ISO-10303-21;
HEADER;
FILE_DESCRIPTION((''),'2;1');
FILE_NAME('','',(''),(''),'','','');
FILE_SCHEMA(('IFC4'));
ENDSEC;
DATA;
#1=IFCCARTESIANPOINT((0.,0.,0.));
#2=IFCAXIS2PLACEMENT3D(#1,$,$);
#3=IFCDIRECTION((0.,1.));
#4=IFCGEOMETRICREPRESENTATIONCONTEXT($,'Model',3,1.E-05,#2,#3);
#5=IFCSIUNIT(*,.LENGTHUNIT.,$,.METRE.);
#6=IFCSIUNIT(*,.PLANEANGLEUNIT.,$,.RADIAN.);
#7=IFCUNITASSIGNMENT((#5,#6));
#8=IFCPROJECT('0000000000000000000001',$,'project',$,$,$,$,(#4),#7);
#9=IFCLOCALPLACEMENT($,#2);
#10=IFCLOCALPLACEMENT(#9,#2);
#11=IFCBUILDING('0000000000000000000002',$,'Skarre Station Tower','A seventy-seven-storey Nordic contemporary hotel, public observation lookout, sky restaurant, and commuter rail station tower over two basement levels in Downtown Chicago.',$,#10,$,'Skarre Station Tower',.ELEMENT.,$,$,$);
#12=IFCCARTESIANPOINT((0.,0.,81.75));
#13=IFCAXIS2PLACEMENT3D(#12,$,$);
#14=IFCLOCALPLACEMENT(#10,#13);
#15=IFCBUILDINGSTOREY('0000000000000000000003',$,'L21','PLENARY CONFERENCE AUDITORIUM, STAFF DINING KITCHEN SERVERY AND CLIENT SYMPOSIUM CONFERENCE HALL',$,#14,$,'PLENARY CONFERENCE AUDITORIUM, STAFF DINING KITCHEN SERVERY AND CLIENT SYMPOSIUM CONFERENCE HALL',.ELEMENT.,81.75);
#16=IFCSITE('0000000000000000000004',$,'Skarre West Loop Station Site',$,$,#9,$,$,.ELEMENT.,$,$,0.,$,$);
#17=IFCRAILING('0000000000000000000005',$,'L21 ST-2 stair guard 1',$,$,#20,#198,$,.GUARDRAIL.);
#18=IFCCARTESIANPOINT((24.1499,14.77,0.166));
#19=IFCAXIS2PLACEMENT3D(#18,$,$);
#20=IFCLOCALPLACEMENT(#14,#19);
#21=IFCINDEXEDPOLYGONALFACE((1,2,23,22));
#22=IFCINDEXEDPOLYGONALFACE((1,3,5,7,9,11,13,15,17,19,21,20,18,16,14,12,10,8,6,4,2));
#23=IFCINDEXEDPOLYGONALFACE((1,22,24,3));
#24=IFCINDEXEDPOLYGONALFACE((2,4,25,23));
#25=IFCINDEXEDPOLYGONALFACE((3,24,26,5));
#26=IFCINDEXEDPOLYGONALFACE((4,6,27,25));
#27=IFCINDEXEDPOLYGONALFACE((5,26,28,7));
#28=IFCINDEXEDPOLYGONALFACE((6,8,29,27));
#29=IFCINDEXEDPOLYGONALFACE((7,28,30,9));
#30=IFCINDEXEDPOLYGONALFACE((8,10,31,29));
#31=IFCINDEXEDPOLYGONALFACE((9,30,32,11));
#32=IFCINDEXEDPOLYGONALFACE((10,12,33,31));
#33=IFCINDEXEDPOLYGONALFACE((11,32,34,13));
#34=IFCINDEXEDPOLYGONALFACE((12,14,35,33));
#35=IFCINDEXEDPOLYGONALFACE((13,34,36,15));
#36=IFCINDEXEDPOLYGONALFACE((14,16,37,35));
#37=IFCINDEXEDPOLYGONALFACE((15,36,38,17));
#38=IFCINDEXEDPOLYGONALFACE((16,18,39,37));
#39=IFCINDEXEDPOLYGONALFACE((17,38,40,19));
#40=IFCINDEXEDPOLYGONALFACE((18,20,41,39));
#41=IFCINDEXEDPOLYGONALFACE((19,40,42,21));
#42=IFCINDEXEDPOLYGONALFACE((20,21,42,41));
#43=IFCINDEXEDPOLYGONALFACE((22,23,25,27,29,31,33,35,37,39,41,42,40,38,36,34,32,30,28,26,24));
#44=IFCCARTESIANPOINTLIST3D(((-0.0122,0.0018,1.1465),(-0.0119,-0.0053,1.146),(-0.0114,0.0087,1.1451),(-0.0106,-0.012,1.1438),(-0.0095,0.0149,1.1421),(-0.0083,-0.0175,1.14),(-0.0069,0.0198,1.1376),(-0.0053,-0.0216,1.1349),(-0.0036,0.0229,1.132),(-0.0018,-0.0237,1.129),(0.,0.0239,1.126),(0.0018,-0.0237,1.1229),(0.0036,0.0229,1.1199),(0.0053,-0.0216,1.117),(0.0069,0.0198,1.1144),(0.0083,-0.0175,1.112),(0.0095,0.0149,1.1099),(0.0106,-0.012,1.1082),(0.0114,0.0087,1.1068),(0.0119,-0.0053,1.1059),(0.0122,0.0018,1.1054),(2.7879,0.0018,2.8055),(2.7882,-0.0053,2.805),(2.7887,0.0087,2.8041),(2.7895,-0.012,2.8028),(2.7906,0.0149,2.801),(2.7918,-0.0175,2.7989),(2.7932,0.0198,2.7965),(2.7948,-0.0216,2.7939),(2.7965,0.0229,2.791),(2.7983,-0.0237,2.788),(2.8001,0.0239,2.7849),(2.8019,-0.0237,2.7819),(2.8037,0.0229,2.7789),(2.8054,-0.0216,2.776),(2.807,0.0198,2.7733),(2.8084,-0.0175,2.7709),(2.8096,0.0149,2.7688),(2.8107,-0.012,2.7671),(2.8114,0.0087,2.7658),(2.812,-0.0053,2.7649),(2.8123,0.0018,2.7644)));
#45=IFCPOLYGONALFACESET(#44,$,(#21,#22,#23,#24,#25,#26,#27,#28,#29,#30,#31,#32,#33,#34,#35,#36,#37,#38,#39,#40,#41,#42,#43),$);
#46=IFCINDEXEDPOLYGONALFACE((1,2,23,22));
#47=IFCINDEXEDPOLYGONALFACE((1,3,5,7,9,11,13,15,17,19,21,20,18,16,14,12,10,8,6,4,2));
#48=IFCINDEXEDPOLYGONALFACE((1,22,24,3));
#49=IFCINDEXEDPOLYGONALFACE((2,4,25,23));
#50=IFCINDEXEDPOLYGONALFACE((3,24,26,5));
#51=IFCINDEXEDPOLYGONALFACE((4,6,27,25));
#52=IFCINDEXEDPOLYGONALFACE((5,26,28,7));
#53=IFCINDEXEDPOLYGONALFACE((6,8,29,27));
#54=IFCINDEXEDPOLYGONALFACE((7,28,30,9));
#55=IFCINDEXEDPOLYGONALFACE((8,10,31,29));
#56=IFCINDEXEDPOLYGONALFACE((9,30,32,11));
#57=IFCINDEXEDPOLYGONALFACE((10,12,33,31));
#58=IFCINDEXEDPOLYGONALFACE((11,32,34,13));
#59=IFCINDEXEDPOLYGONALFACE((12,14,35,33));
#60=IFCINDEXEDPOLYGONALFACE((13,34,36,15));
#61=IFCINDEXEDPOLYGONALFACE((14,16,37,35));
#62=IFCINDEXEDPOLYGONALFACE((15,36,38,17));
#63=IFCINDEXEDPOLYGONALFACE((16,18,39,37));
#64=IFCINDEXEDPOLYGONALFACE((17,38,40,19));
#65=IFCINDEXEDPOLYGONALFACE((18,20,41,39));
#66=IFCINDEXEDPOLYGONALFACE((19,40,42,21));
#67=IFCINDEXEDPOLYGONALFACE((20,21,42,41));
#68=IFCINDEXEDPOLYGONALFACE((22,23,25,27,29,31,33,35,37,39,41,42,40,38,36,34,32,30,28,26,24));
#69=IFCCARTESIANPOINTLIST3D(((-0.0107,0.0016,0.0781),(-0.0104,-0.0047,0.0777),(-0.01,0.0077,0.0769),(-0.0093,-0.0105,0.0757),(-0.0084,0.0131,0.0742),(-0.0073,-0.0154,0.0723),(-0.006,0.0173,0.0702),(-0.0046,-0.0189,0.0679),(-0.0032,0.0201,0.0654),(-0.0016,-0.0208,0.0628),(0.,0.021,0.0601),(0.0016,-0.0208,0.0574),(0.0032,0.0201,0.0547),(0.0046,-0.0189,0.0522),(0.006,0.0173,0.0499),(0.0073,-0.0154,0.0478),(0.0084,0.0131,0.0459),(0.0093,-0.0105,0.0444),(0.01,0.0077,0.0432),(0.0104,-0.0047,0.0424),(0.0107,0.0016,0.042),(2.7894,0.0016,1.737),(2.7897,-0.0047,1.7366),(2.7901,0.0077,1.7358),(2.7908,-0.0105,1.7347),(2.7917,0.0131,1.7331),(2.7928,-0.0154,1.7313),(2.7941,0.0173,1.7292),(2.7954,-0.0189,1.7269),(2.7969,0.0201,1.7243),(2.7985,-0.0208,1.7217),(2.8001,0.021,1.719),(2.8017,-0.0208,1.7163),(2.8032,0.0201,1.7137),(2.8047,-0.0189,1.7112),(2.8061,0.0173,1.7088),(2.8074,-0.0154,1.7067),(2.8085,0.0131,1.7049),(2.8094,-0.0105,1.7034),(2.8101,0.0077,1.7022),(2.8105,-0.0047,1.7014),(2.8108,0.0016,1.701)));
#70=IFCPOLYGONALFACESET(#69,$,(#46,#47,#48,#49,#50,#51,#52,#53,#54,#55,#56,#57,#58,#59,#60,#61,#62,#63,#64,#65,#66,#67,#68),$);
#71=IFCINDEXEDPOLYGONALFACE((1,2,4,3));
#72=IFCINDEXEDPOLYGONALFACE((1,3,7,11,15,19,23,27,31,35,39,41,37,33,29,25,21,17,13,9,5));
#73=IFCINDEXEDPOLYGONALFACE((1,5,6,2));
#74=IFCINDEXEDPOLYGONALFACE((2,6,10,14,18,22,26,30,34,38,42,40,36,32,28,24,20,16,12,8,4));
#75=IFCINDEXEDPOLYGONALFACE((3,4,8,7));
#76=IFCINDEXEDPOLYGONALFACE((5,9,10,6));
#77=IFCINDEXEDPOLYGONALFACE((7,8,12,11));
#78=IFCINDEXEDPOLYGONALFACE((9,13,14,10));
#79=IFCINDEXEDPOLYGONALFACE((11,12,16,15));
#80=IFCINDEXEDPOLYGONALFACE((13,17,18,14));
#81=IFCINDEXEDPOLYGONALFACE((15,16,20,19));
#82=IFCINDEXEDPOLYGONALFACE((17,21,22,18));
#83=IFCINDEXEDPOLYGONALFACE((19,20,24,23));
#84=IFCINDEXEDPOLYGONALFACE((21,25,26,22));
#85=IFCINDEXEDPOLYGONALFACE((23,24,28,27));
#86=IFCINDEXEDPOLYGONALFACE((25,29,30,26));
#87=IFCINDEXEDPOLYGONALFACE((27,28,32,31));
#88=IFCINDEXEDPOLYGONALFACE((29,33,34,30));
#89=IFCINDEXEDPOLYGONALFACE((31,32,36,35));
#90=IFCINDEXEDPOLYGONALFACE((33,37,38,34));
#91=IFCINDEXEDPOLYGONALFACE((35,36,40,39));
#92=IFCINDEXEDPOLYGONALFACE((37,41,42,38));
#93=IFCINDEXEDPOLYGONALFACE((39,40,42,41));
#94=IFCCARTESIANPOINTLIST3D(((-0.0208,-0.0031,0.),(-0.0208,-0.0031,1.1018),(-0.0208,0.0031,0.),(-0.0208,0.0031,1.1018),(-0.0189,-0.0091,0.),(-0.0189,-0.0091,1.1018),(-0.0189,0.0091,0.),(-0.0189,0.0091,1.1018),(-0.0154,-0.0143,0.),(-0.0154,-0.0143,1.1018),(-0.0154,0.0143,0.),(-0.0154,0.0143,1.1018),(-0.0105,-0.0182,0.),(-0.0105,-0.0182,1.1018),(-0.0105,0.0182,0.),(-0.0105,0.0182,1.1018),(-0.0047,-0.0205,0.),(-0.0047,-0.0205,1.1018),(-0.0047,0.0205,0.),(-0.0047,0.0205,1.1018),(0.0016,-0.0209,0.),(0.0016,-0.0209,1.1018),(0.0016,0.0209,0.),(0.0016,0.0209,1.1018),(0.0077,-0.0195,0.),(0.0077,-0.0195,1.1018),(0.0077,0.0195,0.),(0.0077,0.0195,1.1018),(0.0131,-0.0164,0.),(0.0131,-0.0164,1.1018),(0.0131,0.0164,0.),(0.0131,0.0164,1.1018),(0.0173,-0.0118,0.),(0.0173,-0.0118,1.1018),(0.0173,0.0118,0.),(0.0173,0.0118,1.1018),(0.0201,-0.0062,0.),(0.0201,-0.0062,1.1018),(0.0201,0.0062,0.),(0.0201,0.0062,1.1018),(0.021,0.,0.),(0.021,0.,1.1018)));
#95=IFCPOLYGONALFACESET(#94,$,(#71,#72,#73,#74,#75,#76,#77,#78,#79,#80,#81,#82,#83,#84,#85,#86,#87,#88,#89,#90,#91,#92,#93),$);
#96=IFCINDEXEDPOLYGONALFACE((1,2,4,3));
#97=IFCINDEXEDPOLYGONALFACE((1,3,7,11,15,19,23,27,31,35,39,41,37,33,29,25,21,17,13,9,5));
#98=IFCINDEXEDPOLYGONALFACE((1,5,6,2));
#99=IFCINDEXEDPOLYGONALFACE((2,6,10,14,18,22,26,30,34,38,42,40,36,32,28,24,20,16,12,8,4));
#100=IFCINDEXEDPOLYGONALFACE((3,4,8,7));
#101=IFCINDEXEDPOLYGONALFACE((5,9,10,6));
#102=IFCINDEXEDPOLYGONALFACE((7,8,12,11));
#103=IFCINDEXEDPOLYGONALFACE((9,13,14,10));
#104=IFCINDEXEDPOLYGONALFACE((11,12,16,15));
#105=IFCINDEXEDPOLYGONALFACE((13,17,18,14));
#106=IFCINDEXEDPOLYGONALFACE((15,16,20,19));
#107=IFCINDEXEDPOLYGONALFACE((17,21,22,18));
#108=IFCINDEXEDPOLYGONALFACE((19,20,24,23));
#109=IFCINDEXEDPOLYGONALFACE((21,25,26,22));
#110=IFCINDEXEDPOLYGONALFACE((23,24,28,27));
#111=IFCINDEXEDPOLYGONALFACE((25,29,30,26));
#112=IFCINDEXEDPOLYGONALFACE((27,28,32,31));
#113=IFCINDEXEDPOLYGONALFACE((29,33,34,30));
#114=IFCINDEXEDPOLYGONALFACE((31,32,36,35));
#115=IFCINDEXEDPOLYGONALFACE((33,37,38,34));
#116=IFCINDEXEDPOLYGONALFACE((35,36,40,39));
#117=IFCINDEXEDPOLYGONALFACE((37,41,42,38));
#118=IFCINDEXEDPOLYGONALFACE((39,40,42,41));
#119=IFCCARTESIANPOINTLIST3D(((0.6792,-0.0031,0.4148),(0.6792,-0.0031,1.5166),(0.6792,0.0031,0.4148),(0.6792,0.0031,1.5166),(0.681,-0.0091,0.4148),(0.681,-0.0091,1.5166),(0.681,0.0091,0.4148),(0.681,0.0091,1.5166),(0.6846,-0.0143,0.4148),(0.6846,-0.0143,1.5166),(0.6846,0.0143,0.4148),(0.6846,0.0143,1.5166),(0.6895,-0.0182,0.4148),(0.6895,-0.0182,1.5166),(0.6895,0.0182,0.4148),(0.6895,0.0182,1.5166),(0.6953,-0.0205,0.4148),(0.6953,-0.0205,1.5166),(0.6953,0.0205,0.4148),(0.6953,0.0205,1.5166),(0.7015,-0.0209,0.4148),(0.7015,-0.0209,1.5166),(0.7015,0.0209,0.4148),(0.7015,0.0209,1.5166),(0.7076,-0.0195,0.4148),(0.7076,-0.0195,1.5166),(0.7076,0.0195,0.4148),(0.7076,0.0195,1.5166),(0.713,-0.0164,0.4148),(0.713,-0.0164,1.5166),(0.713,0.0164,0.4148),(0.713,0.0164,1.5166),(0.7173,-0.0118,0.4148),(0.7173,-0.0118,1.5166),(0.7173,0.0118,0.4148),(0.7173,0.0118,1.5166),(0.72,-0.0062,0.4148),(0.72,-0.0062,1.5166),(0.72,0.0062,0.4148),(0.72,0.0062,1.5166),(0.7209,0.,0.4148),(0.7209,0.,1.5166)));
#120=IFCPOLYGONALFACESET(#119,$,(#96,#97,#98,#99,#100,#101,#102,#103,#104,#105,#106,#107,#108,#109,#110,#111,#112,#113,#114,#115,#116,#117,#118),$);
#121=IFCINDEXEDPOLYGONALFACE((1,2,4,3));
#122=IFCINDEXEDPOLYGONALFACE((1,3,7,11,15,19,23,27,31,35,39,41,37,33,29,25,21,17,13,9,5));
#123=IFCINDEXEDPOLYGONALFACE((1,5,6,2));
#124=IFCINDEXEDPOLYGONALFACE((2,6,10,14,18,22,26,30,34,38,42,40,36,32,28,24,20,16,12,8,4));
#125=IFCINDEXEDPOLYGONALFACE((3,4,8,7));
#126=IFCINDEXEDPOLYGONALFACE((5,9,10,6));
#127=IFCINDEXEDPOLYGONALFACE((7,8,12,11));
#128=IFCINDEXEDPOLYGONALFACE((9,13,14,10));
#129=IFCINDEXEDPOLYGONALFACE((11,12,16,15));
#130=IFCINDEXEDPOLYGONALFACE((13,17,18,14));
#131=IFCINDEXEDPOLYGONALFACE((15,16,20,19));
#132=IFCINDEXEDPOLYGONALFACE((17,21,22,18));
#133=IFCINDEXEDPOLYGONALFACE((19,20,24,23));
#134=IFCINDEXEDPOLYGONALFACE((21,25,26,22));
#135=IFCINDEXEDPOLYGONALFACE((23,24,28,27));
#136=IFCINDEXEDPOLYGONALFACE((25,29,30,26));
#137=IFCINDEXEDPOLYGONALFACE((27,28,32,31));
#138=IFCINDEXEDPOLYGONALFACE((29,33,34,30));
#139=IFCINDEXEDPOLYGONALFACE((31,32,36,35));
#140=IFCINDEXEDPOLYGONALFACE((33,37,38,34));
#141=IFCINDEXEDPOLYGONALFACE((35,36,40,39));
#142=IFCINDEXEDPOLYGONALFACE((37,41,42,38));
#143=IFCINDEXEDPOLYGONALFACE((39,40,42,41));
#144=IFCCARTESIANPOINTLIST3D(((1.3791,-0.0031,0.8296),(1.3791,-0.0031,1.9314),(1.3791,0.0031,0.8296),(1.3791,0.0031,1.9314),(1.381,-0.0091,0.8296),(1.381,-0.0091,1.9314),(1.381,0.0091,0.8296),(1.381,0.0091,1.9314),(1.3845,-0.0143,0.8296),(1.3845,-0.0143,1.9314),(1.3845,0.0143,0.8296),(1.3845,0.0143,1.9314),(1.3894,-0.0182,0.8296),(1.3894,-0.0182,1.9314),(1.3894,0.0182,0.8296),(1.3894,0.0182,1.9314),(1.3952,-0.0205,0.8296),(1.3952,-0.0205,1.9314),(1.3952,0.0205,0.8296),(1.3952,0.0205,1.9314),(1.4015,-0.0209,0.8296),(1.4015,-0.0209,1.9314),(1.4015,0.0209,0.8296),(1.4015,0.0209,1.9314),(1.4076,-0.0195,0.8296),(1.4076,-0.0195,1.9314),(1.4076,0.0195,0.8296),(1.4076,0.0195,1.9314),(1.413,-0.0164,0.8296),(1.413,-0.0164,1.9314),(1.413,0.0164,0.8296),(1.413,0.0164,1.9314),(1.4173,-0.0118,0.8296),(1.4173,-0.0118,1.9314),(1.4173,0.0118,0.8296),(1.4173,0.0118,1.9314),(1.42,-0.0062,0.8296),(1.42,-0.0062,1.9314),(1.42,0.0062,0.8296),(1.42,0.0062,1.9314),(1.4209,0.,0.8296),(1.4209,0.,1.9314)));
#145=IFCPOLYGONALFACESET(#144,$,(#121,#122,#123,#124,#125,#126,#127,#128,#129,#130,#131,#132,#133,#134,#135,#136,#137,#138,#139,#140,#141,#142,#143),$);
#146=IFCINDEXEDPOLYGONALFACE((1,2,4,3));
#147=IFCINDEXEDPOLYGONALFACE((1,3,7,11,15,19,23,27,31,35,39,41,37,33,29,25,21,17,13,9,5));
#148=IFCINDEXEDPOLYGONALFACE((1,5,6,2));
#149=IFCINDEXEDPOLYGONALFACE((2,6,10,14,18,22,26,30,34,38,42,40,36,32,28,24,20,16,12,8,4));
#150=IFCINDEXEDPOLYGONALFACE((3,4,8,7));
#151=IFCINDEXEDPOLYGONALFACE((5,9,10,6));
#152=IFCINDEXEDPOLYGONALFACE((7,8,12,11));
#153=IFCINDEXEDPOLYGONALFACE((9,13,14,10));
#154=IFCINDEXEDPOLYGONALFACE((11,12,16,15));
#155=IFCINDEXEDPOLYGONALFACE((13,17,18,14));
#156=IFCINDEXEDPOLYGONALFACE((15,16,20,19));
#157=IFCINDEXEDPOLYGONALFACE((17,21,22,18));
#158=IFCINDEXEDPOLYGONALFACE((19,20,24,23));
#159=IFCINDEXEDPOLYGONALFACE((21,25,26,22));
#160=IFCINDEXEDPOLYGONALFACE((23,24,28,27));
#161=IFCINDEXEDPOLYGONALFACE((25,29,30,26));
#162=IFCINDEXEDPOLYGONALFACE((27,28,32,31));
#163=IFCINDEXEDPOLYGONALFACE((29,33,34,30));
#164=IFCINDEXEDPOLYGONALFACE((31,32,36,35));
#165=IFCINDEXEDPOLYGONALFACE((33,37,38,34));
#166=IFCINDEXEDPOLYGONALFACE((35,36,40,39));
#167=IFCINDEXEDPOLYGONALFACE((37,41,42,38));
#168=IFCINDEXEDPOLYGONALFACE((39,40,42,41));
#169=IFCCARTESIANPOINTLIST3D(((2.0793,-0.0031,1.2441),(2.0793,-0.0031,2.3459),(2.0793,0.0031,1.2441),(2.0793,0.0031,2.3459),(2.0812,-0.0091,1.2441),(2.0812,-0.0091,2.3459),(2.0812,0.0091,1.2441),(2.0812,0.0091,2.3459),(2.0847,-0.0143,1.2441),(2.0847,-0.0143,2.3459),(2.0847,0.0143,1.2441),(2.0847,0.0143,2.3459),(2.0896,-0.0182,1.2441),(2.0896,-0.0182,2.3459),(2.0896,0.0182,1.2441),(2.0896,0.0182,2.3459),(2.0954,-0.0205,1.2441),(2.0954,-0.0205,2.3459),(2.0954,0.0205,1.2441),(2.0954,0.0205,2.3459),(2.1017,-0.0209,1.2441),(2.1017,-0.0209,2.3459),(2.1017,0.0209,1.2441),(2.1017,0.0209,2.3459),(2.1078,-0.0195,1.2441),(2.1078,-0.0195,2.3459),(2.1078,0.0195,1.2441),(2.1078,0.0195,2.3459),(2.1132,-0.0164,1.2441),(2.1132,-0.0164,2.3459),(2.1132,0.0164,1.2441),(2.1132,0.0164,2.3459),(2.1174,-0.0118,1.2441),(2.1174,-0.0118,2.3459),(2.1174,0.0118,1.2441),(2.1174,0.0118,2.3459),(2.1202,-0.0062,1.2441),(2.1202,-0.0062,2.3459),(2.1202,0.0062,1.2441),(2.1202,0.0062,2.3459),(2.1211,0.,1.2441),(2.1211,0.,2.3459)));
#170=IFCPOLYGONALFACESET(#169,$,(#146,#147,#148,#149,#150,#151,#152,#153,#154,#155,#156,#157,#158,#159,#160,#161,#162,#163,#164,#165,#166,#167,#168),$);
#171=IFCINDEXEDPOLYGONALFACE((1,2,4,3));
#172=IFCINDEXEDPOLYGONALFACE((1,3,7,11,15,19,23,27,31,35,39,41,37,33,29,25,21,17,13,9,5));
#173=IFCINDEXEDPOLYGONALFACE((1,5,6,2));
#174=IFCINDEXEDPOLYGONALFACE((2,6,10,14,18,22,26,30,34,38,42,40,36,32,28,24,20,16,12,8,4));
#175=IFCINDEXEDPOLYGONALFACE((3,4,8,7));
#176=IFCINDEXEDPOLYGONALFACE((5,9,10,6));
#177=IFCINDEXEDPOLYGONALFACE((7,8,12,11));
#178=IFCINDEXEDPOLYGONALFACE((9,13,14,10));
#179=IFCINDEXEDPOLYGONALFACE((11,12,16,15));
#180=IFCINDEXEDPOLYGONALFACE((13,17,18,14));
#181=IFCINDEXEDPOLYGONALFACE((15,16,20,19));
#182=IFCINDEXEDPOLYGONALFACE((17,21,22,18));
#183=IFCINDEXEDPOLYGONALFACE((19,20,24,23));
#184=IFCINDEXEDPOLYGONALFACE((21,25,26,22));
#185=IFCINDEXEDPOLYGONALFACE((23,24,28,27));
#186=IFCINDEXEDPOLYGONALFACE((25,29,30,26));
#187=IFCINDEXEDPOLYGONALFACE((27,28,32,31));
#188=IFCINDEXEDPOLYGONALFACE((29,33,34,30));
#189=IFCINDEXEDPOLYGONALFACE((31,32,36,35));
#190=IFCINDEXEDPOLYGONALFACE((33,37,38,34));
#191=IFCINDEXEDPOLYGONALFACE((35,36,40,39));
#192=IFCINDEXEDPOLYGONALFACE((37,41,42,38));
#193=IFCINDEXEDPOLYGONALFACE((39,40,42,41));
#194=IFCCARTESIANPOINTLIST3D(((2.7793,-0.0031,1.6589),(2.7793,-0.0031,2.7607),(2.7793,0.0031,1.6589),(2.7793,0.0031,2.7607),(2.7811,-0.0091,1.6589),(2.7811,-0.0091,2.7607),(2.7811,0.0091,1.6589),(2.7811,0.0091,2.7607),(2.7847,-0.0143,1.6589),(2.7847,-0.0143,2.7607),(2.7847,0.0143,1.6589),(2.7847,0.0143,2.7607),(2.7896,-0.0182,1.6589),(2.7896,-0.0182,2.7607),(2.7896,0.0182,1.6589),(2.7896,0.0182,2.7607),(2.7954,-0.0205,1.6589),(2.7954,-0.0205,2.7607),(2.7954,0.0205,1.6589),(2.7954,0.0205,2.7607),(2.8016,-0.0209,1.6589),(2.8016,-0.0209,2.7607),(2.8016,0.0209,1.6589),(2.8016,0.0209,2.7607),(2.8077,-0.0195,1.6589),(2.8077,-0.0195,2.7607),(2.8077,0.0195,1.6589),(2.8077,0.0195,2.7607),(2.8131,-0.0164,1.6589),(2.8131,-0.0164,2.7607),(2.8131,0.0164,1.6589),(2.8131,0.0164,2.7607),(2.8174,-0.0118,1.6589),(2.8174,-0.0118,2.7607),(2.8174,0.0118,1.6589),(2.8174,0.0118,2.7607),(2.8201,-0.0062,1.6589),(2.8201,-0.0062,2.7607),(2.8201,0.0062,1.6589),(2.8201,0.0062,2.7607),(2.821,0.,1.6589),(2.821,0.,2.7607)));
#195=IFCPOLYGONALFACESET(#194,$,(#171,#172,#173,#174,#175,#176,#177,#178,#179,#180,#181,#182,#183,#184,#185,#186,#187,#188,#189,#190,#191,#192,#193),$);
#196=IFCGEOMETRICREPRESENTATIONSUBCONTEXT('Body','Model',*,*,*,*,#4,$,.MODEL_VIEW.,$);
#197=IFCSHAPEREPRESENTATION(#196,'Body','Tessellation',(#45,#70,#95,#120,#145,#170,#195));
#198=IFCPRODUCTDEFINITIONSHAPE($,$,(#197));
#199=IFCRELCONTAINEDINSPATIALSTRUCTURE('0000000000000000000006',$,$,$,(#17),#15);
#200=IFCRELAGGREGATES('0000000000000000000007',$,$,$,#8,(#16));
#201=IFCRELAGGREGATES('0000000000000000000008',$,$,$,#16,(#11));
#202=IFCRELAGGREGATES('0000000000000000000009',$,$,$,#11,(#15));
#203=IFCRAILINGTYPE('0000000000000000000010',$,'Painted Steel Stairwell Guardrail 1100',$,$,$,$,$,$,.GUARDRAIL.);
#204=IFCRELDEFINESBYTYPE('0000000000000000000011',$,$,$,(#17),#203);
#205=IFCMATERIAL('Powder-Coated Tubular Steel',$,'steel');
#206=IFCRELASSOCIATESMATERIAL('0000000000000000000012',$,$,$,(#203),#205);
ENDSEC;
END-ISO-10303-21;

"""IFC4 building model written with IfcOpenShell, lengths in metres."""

from ifc_helpers import new_model, si_unit, direction, frame, origin, origin_2d, place, context, subcontext, project, spatial, circle, extrude, material, type_object, element, save


model = new_model("IFC4")

# Units and contexts
model_context = context("Model", 3, precision=1e-05, world=origin(), true_north=direction((0.0, 1.0)))
body_context = subcontext(model_context, "Body", "Model", "MODEL_VIEW")
ifc_project = project(units=[si_unit("LENGTHUNIT", "METRE"), si_unit("PLANEANGLEUNIT", "RADIAN")], contexts=[model_context])

# Site, building, storey
site_placement = place(None, origin())
site = spatial("IfcSite", under=ifc_project, at=site_placement, Name="Skarre West Loop Station Site", CompositionType="ELEMENT", RefElevation=0.0)
building_placement = place(site_placement, origin())
building = spatial("IfcBuilding", under=site, at=building_placement, Name="Skarre Station Tower", Description="A seventy-seven-storey Nordic contemporary hotel, public observation lookout, sky restaurant, and commuter rail station tower over two basement levels in Downtown Chicago.", LongName="Skarre Station Tower", CompositionType="ELEMENT")
storey_placement = place(building_placement, frame((0.0, 0.0, 81.75)))
storey = spatial("IfcBuildingStorey", under=building, at=storey_placement, Name="L21", Description="PLENARY CONFERENCE AUDITORIUM, STAFF DINING KITCHEN SERVERY AND CLIENT SYMPOSIUM CONFERENCE HALL", LongName="PLENARY CONFERENCE AUDITORIUM, STAFF DINING KITCHEN SERVERY AND CLIENT SYMPOSIUM CONFERENCE HALL", CompositionType="ELEMENT", Elevation=81.75)

# Railing
ifc_material_1 = material(Name="Powder-Coated Tubular Steel", Category="steel")
railing_type_1 = type_object("IfcRailingType", Name="Painted Steel Stairwell Guardrail 1100", PredefinedType="GUARDRAIL", material=ifc_material_1)
railing_1_placement = place(storey_placement, frame((24.1499, 14.77, 0.166)))
element("IfcRailing", 1, at=railing_1_placement, inside=storey, type_object=railing_type_1, Name="L21 ST-2 stair guard 1", PredefinedType="GUARDRAIL", context=body_context, shape_type="SweptSolid", body=[
    extrude(circle(Radius=0.0239, at=origin_2d()), frame((0.0, 0.0, 1.126), z_axis=(0.860339, 0.0, 0.509722), x_axis=(0.0, 1.0, 0.0)), (0.0, 0.0, 1.0), 3.2546),
    extrude(circle(Radius=0.021, at=origin_2d()), frame((0.0, 0.0, 0.0601), z_axis=(0.860339, 0.0, 0.509722), x_axis=(0.0, 1.0, 0.0)), (0.0, 0.0, 1.0), 3.2546),
    extrude(circle(Radius=0.021, at=origin_2d()), origin(), (0.0, 0.0, 1.0), 1.1018),
    extrude(circle(Radius=0.021, at=origin_2d()), frame((0.7, 0.0, 0.4148)), (0.0, 0.0, 1.0), 1.1018),
    extrude(circle(Radius=0.021, at=origin_2d()), frame((1.3999, 0.0, 0.8296)), (0.0, 0.0, 1.0), 1.1018),
    extrude(circle(Radius=0.021, at=origin_2d()), frame((2.1001, 0.0, 1.2441)), (0.0, 0.0, 1.0), 1.1018),
    extrude(circle(Radius=0.021, at=origin_2d()), frame((2.8, 0.0, 1.6589)), (0.0, 0.0, 1.0), 1.1018),
])

save(model, "model.ifc")
